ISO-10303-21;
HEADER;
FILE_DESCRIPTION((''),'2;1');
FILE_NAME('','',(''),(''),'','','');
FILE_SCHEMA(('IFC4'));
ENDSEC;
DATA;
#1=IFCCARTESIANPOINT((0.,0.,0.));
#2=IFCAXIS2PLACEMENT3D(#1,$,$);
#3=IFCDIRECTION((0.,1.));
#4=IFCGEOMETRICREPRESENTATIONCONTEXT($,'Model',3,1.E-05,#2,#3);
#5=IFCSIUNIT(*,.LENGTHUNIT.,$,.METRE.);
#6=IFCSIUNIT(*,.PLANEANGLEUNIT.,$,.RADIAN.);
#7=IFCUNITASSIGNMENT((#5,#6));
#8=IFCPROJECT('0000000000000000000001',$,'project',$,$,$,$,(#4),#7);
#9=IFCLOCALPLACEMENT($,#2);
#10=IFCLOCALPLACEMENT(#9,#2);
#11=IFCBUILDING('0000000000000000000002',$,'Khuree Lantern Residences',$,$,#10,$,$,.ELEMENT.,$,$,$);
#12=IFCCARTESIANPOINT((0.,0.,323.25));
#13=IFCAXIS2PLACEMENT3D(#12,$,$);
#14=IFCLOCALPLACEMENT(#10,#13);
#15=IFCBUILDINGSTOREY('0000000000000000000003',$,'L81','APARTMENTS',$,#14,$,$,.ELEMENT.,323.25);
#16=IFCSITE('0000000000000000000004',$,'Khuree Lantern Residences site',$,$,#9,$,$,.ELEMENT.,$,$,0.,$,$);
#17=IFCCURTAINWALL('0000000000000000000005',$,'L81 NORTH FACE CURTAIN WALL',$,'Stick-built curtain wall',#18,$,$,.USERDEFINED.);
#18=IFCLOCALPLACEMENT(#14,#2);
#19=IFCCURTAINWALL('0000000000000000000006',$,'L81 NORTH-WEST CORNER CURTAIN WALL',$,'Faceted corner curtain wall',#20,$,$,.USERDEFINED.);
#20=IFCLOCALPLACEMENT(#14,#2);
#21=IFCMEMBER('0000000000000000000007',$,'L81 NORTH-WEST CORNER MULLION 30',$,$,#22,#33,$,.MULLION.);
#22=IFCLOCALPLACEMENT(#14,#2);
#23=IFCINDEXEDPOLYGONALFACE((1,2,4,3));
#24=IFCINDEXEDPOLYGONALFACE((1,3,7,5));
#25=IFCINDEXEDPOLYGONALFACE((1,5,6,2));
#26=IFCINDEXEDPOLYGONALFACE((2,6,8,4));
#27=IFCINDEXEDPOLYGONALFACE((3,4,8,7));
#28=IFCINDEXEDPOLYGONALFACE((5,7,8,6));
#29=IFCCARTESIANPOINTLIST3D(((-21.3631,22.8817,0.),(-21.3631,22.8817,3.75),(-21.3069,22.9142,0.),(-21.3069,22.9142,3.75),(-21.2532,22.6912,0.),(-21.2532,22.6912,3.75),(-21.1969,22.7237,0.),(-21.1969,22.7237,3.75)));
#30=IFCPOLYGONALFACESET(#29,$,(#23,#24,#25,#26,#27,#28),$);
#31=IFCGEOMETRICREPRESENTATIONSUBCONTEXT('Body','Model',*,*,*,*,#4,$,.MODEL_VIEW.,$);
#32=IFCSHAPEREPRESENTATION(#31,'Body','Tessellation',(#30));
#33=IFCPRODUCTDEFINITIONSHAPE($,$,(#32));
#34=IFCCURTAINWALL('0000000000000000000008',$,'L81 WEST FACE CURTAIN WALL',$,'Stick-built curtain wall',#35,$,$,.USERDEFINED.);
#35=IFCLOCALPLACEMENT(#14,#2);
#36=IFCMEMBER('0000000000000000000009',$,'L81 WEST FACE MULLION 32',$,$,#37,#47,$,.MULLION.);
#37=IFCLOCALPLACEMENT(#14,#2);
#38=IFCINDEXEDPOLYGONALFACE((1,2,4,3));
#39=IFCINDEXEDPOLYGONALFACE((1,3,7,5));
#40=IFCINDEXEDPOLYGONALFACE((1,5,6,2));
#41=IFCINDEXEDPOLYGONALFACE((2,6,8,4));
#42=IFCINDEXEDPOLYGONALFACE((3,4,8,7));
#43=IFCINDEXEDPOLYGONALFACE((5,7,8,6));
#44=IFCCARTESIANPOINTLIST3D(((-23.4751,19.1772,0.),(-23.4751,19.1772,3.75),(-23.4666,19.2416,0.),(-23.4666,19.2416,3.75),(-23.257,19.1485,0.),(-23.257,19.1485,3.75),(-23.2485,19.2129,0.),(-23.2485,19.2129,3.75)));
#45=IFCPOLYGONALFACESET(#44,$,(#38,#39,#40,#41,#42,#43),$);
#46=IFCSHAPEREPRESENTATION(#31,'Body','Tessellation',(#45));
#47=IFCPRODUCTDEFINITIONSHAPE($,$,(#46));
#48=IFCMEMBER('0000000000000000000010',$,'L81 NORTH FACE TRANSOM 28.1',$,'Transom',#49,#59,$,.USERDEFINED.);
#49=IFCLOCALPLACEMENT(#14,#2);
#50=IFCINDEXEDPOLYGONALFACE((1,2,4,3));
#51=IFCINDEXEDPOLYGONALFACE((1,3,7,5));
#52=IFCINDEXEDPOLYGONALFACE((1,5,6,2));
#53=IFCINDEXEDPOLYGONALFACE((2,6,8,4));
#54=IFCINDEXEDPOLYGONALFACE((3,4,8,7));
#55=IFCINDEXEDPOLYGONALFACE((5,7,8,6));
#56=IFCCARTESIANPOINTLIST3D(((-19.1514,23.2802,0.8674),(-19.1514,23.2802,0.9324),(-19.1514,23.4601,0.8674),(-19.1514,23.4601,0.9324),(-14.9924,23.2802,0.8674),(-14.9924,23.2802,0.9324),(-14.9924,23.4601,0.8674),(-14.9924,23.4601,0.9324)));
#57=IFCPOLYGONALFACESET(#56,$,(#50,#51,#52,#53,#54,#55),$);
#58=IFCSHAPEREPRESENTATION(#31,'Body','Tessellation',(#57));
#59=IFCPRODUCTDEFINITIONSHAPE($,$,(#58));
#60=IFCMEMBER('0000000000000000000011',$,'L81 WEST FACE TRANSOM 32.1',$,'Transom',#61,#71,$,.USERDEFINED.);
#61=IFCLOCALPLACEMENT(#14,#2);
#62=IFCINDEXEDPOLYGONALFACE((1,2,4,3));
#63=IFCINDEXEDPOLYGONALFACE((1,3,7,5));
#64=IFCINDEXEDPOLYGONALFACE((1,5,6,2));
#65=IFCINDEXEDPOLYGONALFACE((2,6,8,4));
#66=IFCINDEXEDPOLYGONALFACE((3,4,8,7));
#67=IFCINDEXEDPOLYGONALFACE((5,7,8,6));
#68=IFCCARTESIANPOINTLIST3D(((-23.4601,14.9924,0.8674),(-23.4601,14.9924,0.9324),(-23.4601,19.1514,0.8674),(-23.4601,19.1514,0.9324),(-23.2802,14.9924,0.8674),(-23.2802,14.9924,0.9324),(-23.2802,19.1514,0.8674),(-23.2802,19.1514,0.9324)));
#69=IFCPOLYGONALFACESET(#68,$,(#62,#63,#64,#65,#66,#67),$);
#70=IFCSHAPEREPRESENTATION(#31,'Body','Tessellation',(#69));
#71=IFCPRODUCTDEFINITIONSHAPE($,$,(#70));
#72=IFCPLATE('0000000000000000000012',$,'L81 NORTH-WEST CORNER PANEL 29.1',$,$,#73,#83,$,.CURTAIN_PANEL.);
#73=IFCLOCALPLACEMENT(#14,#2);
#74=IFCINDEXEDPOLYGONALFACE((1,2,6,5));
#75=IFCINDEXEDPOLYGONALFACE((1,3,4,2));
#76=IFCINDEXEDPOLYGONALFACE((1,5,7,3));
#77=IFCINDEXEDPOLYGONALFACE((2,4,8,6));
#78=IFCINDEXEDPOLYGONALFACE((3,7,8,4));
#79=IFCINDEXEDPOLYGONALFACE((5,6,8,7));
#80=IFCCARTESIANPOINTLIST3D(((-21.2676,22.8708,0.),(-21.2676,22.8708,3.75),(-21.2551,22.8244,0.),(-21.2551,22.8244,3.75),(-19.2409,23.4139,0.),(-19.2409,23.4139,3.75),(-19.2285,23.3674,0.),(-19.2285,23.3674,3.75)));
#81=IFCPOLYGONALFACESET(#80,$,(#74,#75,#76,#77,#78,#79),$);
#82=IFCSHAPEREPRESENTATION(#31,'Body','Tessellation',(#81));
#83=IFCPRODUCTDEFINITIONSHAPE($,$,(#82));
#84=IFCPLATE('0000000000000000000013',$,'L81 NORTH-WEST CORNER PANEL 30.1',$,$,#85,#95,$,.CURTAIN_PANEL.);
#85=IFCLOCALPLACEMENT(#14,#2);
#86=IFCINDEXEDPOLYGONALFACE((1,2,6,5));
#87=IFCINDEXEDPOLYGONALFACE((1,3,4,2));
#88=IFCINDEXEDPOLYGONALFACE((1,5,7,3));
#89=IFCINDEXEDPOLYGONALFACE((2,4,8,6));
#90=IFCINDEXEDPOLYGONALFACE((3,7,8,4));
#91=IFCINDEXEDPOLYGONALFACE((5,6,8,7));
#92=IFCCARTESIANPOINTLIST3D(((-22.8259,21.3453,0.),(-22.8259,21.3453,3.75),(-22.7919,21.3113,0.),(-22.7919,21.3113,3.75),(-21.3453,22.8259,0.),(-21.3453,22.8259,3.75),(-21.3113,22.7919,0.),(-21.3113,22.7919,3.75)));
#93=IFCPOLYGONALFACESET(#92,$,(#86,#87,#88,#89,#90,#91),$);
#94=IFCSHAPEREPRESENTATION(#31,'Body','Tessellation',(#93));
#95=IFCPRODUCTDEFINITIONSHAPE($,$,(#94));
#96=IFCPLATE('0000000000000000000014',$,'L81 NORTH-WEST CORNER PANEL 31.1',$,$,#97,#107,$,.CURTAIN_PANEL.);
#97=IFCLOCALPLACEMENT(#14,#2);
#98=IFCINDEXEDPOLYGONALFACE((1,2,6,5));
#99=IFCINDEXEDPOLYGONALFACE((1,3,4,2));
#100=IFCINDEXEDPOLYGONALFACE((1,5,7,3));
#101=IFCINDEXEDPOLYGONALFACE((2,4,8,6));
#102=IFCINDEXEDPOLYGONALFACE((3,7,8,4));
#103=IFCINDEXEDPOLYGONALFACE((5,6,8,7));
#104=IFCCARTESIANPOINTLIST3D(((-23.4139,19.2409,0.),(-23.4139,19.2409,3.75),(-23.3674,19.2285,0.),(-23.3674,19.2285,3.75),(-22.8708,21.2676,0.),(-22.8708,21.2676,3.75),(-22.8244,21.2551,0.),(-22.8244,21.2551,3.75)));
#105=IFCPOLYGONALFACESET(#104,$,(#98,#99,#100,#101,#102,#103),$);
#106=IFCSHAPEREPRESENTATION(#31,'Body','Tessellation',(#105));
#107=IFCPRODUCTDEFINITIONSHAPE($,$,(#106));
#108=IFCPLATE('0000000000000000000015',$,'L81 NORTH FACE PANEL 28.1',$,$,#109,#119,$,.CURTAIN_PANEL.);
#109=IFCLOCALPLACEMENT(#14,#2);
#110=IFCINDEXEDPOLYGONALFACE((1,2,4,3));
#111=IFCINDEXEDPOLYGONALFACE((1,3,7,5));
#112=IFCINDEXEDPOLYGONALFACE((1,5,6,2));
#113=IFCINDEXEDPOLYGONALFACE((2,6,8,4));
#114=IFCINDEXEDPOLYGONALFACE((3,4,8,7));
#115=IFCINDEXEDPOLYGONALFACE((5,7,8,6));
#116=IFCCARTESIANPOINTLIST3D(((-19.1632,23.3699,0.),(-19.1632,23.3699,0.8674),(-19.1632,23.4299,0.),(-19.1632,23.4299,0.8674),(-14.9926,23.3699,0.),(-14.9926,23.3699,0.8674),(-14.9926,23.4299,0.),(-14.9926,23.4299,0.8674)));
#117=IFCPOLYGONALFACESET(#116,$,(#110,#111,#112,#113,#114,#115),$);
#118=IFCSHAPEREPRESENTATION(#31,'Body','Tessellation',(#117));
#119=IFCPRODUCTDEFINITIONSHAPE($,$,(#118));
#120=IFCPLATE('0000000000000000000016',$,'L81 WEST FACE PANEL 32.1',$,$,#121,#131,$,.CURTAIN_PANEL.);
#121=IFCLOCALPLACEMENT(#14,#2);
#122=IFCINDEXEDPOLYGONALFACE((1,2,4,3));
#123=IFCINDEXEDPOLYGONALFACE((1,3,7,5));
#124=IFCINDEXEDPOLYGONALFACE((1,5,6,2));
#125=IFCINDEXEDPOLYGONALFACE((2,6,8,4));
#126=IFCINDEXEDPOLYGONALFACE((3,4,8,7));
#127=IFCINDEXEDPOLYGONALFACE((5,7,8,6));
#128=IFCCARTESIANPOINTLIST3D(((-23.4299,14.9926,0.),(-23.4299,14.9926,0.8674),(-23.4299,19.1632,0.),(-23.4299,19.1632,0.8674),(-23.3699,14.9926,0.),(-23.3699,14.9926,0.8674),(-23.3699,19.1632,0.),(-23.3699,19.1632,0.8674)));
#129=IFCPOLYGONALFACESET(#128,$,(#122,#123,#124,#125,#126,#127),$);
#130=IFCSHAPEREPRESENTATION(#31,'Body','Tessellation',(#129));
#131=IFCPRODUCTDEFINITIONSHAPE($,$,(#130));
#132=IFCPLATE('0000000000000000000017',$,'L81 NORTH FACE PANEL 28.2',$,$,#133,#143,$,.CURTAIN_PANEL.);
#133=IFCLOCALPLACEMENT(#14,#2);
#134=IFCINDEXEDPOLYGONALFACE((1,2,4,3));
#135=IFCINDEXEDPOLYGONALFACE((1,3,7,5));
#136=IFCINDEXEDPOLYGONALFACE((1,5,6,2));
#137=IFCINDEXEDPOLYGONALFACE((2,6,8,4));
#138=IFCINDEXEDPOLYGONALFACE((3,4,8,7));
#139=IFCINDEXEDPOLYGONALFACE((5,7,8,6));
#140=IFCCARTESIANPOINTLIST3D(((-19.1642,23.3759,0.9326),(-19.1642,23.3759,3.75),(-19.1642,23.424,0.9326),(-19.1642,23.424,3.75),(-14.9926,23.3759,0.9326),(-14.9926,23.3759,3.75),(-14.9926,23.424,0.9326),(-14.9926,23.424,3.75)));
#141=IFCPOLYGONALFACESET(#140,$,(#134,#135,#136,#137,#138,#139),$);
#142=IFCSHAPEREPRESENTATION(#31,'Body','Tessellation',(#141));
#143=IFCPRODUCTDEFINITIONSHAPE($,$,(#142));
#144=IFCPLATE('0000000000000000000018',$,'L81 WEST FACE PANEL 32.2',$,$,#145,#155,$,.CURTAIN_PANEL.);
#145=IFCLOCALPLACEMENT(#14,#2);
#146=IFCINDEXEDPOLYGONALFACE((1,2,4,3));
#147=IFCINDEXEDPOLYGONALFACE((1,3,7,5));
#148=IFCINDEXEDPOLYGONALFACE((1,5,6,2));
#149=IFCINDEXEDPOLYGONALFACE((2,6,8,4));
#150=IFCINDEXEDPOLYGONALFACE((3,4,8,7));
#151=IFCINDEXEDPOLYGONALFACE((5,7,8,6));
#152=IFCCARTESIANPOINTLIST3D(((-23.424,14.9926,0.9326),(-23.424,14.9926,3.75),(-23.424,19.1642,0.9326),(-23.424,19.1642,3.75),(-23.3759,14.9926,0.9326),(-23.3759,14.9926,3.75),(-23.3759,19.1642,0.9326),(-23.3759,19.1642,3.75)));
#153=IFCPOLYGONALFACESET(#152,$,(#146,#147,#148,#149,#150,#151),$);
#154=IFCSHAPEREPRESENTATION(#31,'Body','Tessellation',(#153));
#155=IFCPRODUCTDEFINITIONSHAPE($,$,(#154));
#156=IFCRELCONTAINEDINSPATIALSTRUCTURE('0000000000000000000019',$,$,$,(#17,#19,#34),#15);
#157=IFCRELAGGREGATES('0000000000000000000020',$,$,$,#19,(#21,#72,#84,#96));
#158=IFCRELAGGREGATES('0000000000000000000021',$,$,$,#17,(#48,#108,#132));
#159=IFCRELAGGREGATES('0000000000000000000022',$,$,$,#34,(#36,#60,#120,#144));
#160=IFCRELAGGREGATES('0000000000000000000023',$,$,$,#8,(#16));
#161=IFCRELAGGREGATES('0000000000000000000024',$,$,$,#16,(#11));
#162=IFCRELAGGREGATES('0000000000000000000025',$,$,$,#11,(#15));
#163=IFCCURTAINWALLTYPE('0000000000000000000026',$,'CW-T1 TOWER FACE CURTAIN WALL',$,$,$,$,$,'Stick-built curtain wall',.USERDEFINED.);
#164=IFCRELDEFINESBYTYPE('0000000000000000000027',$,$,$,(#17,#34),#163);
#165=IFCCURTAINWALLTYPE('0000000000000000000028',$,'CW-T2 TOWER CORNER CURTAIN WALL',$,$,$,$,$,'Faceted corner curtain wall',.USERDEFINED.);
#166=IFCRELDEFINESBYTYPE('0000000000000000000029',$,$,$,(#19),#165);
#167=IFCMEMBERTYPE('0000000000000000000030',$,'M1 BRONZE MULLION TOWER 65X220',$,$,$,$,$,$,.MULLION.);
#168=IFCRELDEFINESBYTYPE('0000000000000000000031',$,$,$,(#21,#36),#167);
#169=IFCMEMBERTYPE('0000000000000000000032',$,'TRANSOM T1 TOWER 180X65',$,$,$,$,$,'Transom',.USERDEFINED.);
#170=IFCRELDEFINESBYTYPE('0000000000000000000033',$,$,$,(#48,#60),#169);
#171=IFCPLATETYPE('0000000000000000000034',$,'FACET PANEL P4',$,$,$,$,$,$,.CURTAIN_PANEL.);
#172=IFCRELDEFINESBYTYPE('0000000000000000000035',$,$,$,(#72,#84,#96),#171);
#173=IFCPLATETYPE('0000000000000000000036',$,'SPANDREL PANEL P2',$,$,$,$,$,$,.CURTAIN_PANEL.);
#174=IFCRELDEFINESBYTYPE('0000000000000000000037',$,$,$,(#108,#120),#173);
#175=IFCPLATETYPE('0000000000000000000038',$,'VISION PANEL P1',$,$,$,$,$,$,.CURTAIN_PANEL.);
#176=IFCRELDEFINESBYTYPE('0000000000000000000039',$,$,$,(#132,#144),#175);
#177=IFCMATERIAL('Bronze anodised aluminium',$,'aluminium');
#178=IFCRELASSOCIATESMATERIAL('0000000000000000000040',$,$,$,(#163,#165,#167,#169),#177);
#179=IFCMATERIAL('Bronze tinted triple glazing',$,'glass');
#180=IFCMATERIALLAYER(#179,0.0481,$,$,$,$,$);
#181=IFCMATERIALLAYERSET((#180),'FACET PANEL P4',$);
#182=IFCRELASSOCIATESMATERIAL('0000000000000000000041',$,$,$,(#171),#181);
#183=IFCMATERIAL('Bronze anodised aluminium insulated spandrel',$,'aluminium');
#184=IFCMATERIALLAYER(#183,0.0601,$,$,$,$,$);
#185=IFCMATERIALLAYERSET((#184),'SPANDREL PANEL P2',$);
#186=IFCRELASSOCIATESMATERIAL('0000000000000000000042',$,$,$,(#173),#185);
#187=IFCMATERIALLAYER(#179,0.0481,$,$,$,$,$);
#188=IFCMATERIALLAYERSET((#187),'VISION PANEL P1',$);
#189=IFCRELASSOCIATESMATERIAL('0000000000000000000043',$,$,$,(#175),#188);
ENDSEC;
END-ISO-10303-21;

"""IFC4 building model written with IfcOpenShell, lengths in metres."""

from ifc_helpers import new_model, si_unit, direction, frame, origin, origin_2d, place, context, subcontext, project, spatial, rectangle, extrude, material, layer, layer_set, material_profile, profile_set, type_object, element, aggregate, save


model = new_model("IFC4")

# Units and contexts
model_context = context("Model", 3, precision=1e-05, world=origin(), true_north=direction((0.0, 1.0)))
body_context = subcontext(model_context, "Body", "Model", "MODEL_VIEW")
ifc_project = project(units=[si_unit("LENGTHUNIT", "METRE"), si_unit("PLANEANGLEUNIT", "RADIAN")], contexts=[model_context])

# Site, building, storey
site_placement = place(None, origin())
site = spatial("IfcSite", under=ifc_project, at=site_placement, Name="Khuree Lantern Residences site", CompositionType="ELEMENT", RefElevation=0.0)
building_placement = place(site_placement, origin())
building = spatial("IfcBuilding", under=site, at=building_placement, Name="Khuree Lantern Residences", CompositionType="ELEMENT")
storey_placement = place(building_placement, frame((0.0, 0.0, 323.25)))
storey = spatial("IfcBuildingStorey", under=building, at=storey_placement, Name="L81", Description="APARTMENTS", CompositionType="ELEMENT", Elevation=323.25)

# Curtain walls
ifc_material_1 = material(Name="Bronze anodised aluminium", Category="aluminium")
curtain_wall_type_1 = type_object("IfcCurtainWallType", Name="CW-T1 TOWER FACE CURTAIN WALL", ElementType="Stick-built curtain wall", PredefinedType="USERDEFINED", material=ifc_material_1)
curtain_wall_1_placement = place(storey_placement, origin())
curtain_wall_1 = element("IfcCurtainWall", 1, at=curtain_wall_1_placement, inside=storey, type_object=curtain_wall_type_1, Name="L81 NORTH FACE CURTAIN WALL", ObjectType="Stick-built curtain wall", PredefinedType="USERDEFINED")
curtain_wall_type_2 = type_object("IfcCurtainWallType", Name="CW-T2 TOWER CORNER CURTAIN WALL", ElementType="Faceted corner curtain wall", PredefinedType="USERDEFINED", material=ifc_material_1)
curtain_wall_2_placement = place(storey_placement, origin())
curtain_wall_2 = element("IfcCurtainWall", 2, at=curtain_wall_2_placement, inside=storey, type_object=curtain_wall_type_2, Name="L81 NORTH-WEST CORNER CURTAIN WALL", ObjectType="Faceted corner curtain wall", PredefinedType="USERDEFINED")

# Member
ifc_material_profile_1 = material_profile(ifc_material_1, rectangle(XDim=0.0649, YDim=0.22, at=origin_2d()), Name="M1 65X220")
ifc_profile_set_1 = profile_set([ifc_material_profile_1], Name="Bronze anodised aluminium")
member_type_1 = type_object("IfcMemberType", Name="M1 BRONZE MULLION TOWER 65X220", PredefinedType="MULLION", material=ifc_profile_set_1)
member_1_placement = place(storey_placement, frame((-21.28, 22.8027, 0.0), z_axis=(0.0, 0.0, 1.0), x_axis=(-0.866025, -0.5, 0.0)))
member_1 = element("IfcMember", 3, at=member_1_placement, type_object=member_type_1, Name="L81 NORTH-WEST CORNER MULLION 30", PredefinedType="MULLION", context=body_context, shape_type="SweptSolid", body=[
    extrude(rectangle(XDim=0.0649, YDim=0.22, at=origin_2d()), origin(), (0.0, 0.0, 1.0), 3.75),
])

# Curtain wall, member
curtain_wall_3_placement = place(storey_placement, origin())
curtain_wall_3 = element("IfcCurtainWall", 4, at=curtain_wall_3_placement, inside=storey, type_object=curtain_wall_type_1, Name="L81 WEST FACE CURTAIN WALL", ObjectType="Stick-built curtain wall", PredefinedType="USERDEFINED")
member_2_placement = place(storey_placement, frame((-23.3618, 19.1951, 0.0), z_axis=(0.0, 0.0, 1.0), x_axis=(-0.130526, -0.991445, 0.0)))
member_2 = element("IfcMember", 5, at=member_2_placement, type_object=member_type_1, Name="L81 WEST FACE MULLION 32", PredefinedType="MULLION", context=body_context, shape_type="SweptSolid", body=[
    extrude(rectangle(XDim=0.0649, YDim=0.22, at=origin_2d()), origin(), (0.0, 0.0, 1.0), 3.75),
])

# Members
ifc_material_profile_2 = material_profile(ifc_material_1, rectangle(XDim=0.1799, YDim=0.0649, at=origin_2d()), Name="T1 180X65")
ifc_profile_set_2 = profile_set([ifc_material_profile_2], Name="Bronze anodised aluminium")
member_type_2 = type_object("IfcMemberType", Name="TRANSOM T1 TOWER 180X65", ElementType="Transom", PredefinedType="USERDEFINED", material=ifc_profile_set_2)
member_3_placement = place(storey_placement, frame((-14.9924, 23.3701, 0.8999), z_axis=(-1.0, 0.0, 0.0), x_axis=(0.0, -1.0, 0.0)))
member_3 = element("IfcMember", 6, at=member_3_placement, type_object=member_type_2, Name="L81 NORTH FACE TRANSOM 28.1", ObjectType="Transom", PredefinedType="USERDEFINED", context=body_context, shape_type="SweptSolid", body=[
    extrude(rectangle(XDim=0.1799, YDim=0.0649, at=origin_2d()), origin(), (0.0, 0.0, 1.0), 4.1589),
])
member_4_placement = place(storey_placement, frame((-23.3701, 19.1514, 0.8999), z_axis=(0.0, -1.0, 0.0), x_axis=(1.0, 0.0, 0.0)))
member_4 = element("IfcMember", 7, at=member_4_placement, type_object=member_type_2, Name="L81 WEST FACE TRANSOM 32.1", ObjectType="Transom", PredefinedType="USERDEFINED", context=body_context, shape_type="SweptSolid", body=[
    extrude(rectangle(XDim=0.1799, YDim=0.0649, at=origin_2d()), origin(), (0.0, 0.0, 1.0), 4.1589),
])

# Plates
ifc_material_2 = material(Name="Bronze tinted triple glazing", Category="glass")
ifc_layer_1 = layer(ifc_material_2, 0.0481)
ifc_layer_set_1 = layer_set([ifc_layer_1], Name="FACET PANEL P4")
plate_type_1 = type_object("IfcPlateType", Name="FACET PANEL P4", PredefinedType="CURTAIN_PANEL", material=ifc_layer_set_1)
plate_1_placement = place(storey_placement, frame((-20.248, 23.1191, 0.0), z_axis=(0.0, 0.0, 1.0), x_axis=(-0.965926, -0.258819, 0.0)))
plate_1 = element("IfcPlate", 8, at=plate_1_placement, type_object=plate_type_1, Name="L81 NORTH-WEST CORNER PANEL 29.1", PredefinedType="CURTAIN_PANEL", context=body_context, shape_type="SweptSolid", body=[
    extrude(rectangle(XDim=2.0981, YDim=0.0481, at=origin_2d()), origin(), (0.0, 0.0, 1.0), 3.75),
])
plate_2_placement = place(storey_placement, frame((-22.0686, 22.0686, 0.0), z_axis=(0.0, 0.0, 1.0), x_axis=(-0.707107, -0.707107, 0.0)))
plate_2 = element("IfcPlate", 9, at=plate_2_placement, type_object=plate_type_1, Name="L81 NORTH-WEST CORNER PANEL 30.1", PredefinedType="CURTAIN_PANEL", context=body_context, shape_type="SweptSolid", body=[
    extrude(rectangle(XDim=2.094, YDim=0.0481, at=origin_2d()), origin(), (0.0, 0.0, 1.0), 3.75),
])
plate_3_placement = place(storey_placement, frame((-23.1191, 20.248, 0.0), z_axis=(0.0, 0.0, 1.0), x_axis=(-0.258819, -0.965926, 0.0)))
plate_3 = element("IfcPlate", 10, at=plate_3_placement, type_object=plate_type_1, Name="L81 NORTH-WEST CORNER PANEL 31.1", PredefinedType="CURTAIN_PANEL", context=body_context, shape_type="SweptSolid", body=[
    extrude(rectangle(XDim=2.0981, YDim=0.0481, at=origin_2d()), origin(), (0.0, 0.0, 1.0), 3.75),
])
aggregate(curtain_wall_2, [member_1, plate_1, plate_2, plate_3])
ifc_material_3 = material(Name="Bronze anodised aluminium insulated spandrel", Category="aluminium")
ifc_layer_2 = layer(ifc_material_3, 0.0601)
ifc_layer_set_2 = layer_set([ifc_layer_2], Name="SPANDREL PANEL P2")
plate_type_2 = type_object("IfcPlateType", Name="SPANDREL PANEL P2", PredefinedType="CURTAIN_PANEL", material=ifc_layer_set_2)
plate_4_placement = place(storey_placement, frame((-17.0779, 23.3999, 0.0), z_axis=(0.0, 0.0, 1.0), x_axis=(-1.0, 0.0, 0.0)))
plate_4 = element("IfcPlate", 11, at=plate_4_placement, type_object=plate_type_2, Name="L81 NORTH FACE PANEL 28.1", PredefinedType="CURTAIN_PANEL", context=body_context, shape_type="SweptSolid", body=[
    extrude(rectangle(XDim=4.1707, YDim=0.0601, at=origin_2d()), origin(), (0.0, 0.0, 1.0), 0.8674),
])
plate_5_placement = place(storey_placement, frame((-23.3999, 17.0779, 0.0), z_axis=(0.0, 0.0, 1.0), x_axis=(0.0, -1.0, 0.0)))
plate_5 = element("IfcPlate", 12, at=plate_5_placement, type_object=plate_type_2, Name="L81 WEST FACE PANEL 32.1", PredefinedType="CURTAIN_PANEL", context=body_context, shape_type="SweptSolid", body=[
    extrude(rectangle(XDim=4.1707, YDim=0.0601, at=origin_2d()), origin(), (0.0, 0.0, 1.0), 0.8674),
])
ifc_layer_3 = layer(ifc_material_2, 0.0481)
ifc_layer_set_3 = layer_set([ifc_layer_3], Name="VISION PANEL P1")
plate_type_3 = type_object("IfcPlateType", Name="VISION PANEL P1", PredefinedType="CURTAIN_PANEL", material=ifc_layer_set_3)
plate_6_placement = place(storey_placement, frame((-17.0784, 23.3999, 0.9326), z_axis=(0.0, 0.0, 1.0), x_axis=(-1.0, 0.0, 0.0)))
plate_6 = element("IfcPlate", 13, at=plate_6_placement, type_object=plate_type_3, Name="L81 NORTH FACE PANEL 28.2", PredefinedType="CURTAIN_PANEL", context=body_context, shape_type="SweptSolid", body=[
    extrude(rectangle(XDim=4.1716, YDim=0.0481, at=origin_2d()), origin(), (0.0, 0.0, 1.0), 2.8174),
])
aggregate(curtain_wall_1, [member_3, plate_4, plate_6])
plate_7_placement = place(storey_placement, frame((-23.3999, 17.0784, 0.9326), z_axis=(0.0, 0.0, 1.0), x_axis=(0.0, -1.0, 0.0)))
plate_7 = element("IfcPlate", 14, at=plate_7_placement, type_object=plate_type_3, Name="L81 WEST FACE PANEL 32.2", PredefinedType="CURTAIN_PANEL", context=body_context, shape_type="SweptSolid", body=[
    extrude(rectangle(XDim=4.1716, YDim=0.0481, at=origin_2d()), origin(), (0.0, 0.0, 1.0), 2.8174),
])
aggregate(curtain_wall_3, [member_2, member_4, plate_5, plate_7])

save(model, "model.ifc")
